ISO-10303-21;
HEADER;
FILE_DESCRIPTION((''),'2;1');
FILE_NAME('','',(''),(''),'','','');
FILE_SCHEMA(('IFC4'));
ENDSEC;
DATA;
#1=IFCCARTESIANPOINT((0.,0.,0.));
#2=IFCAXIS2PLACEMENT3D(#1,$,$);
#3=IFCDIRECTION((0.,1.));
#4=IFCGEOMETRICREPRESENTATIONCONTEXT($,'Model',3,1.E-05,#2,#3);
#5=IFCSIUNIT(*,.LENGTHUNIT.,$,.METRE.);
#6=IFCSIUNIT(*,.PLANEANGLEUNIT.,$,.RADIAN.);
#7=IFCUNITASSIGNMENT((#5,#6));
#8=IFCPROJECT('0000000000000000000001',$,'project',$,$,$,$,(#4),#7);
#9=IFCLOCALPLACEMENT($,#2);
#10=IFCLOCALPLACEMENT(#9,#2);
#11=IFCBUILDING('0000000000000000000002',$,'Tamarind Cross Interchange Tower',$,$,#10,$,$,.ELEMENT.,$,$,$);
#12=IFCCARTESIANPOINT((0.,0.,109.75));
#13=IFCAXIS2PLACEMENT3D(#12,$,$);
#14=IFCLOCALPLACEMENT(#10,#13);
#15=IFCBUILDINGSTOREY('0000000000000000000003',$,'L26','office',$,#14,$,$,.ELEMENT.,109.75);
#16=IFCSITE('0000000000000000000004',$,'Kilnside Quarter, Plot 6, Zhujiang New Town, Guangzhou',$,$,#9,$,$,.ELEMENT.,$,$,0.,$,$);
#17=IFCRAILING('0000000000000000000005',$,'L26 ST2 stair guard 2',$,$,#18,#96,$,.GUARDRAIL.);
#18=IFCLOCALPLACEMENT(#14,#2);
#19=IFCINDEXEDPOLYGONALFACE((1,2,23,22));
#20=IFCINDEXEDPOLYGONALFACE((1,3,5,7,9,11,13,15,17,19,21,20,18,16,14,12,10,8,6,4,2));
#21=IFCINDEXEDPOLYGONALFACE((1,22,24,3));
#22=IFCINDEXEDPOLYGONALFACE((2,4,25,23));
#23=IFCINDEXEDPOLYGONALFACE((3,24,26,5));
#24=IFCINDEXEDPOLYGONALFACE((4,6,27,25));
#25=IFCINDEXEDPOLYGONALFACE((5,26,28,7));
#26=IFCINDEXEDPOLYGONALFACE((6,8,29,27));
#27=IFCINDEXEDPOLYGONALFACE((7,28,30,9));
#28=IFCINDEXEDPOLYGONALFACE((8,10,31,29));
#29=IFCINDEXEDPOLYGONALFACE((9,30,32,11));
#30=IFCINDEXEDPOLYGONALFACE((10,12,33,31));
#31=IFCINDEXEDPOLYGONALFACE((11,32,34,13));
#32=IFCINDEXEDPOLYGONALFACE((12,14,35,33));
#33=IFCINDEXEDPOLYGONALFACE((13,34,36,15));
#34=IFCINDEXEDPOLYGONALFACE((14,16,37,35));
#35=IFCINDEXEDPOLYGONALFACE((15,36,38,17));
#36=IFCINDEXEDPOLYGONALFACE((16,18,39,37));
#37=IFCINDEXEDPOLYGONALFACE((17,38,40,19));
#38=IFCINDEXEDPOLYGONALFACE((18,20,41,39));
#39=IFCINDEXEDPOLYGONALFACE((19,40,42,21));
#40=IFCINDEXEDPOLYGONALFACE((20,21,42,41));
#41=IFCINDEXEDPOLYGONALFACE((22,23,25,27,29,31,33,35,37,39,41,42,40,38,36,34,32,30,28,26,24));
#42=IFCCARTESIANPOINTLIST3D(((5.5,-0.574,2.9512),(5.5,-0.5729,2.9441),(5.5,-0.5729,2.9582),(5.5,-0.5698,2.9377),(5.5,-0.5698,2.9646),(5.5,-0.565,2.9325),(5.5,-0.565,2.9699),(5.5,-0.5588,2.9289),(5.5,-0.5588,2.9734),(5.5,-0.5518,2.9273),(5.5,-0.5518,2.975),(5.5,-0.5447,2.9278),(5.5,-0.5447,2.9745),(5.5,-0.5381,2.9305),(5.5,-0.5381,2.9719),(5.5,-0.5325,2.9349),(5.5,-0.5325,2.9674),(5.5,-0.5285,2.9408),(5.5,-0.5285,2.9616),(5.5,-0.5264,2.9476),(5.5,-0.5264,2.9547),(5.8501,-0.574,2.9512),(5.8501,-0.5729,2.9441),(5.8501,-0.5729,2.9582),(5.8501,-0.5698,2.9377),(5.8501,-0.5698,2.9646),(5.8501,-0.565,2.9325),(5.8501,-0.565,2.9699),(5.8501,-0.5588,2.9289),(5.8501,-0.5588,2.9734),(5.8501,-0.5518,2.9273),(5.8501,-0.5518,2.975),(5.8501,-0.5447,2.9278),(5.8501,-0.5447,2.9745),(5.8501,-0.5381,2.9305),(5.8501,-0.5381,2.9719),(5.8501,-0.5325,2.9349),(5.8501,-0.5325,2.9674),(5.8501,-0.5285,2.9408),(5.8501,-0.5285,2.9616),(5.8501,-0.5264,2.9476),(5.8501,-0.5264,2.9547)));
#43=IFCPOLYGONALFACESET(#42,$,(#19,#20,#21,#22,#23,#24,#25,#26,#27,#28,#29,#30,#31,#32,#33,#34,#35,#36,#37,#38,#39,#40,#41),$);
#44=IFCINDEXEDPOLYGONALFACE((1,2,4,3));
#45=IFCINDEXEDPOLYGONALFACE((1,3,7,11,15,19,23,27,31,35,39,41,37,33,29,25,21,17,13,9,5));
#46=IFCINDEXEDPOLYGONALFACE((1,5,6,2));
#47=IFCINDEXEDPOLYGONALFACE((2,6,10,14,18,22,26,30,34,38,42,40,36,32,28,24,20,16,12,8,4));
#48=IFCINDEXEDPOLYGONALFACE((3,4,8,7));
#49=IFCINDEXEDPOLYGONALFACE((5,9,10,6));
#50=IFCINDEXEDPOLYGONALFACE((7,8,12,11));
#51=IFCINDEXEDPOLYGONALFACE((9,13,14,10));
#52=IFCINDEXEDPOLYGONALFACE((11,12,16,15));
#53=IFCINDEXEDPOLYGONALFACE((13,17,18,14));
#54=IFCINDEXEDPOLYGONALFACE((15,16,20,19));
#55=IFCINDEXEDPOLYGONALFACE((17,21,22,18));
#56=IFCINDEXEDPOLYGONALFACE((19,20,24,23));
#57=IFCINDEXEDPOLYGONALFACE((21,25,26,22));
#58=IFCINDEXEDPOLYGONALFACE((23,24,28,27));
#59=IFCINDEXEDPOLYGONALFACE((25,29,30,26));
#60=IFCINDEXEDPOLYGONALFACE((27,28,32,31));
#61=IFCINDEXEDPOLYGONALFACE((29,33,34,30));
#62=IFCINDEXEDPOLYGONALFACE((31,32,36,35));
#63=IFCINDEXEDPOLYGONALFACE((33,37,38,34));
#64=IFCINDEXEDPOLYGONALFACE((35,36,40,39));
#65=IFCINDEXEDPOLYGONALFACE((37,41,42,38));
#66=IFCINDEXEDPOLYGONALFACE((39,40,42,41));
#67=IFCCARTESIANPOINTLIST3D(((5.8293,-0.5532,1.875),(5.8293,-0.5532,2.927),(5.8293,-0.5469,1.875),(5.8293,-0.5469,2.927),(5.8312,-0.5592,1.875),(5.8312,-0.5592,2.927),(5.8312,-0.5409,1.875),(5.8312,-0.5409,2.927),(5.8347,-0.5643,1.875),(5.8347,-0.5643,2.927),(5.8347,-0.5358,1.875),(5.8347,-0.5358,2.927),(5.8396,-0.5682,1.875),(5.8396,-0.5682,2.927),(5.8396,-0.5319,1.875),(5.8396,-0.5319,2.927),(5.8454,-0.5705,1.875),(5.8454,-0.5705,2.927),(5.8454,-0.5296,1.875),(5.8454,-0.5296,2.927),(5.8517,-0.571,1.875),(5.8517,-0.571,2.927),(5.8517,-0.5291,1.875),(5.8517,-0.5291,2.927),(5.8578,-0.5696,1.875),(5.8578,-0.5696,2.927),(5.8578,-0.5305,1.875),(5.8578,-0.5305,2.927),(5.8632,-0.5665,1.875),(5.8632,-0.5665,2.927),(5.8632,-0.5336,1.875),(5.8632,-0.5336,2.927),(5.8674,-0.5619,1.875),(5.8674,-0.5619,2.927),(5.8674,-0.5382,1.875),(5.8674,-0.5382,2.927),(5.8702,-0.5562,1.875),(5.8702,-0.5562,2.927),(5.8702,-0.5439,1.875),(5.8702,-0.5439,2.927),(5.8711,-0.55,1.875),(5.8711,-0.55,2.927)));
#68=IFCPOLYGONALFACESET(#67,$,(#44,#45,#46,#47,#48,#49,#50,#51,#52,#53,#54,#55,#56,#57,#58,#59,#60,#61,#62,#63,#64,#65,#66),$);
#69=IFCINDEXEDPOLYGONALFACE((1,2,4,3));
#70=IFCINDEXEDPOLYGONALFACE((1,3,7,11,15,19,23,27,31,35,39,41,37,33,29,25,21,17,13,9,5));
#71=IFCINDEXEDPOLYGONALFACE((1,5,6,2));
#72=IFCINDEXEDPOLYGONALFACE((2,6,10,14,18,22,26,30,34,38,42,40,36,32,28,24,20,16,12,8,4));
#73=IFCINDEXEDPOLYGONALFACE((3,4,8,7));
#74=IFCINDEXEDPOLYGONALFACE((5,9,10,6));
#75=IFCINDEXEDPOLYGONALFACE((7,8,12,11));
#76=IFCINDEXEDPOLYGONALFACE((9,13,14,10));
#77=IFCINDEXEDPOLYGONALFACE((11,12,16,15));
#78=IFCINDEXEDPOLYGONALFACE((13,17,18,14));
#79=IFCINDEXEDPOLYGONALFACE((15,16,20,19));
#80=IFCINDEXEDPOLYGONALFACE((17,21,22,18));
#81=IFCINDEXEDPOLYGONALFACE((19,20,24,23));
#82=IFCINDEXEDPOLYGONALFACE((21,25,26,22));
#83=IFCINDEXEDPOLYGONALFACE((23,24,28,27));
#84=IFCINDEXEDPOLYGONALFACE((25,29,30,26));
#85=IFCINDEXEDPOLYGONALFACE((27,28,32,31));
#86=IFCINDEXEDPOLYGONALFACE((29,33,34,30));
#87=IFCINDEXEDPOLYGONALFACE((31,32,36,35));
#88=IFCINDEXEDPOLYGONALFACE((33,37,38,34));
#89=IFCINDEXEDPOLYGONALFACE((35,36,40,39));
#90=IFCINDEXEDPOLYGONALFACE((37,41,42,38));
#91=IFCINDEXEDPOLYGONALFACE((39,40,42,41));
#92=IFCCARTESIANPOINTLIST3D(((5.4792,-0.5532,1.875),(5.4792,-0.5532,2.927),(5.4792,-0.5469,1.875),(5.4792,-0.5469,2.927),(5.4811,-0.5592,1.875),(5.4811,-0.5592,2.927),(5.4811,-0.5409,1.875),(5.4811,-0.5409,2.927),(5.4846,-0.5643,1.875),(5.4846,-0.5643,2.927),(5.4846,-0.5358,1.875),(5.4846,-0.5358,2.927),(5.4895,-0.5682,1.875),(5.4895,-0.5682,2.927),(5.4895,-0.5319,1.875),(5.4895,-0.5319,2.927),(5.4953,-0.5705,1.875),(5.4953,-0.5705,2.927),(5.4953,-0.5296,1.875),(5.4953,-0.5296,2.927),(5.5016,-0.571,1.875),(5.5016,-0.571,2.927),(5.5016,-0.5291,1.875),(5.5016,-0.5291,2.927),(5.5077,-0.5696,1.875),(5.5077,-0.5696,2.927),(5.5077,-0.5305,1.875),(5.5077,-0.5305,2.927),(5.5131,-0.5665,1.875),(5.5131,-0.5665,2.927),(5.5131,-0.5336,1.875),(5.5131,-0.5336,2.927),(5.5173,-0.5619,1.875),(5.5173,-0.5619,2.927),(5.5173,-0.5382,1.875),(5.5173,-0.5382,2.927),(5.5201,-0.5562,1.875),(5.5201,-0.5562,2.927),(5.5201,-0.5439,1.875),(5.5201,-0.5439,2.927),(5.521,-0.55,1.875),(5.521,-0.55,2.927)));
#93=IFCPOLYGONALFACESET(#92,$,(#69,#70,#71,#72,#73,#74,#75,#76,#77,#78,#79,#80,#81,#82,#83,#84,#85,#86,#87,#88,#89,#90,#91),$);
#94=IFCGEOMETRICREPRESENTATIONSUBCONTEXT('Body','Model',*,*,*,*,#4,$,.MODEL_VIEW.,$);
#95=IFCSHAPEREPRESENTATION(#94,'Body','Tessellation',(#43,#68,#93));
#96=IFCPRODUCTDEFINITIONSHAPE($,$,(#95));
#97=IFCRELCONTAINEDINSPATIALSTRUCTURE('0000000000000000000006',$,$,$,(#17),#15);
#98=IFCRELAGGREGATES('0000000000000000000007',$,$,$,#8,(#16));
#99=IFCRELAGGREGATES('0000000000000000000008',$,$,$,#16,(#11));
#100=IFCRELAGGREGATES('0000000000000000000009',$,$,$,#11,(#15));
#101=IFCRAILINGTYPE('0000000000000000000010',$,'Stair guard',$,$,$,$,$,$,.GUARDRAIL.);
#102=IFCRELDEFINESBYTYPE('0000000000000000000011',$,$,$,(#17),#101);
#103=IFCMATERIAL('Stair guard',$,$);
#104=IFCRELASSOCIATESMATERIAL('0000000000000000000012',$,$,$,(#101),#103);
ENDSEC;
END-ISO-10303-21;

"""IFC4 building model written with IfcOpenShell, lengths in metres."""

from ifc_helpers import new_model, si_unit, direction, frame, origin, origin_2d, place, context, subcontext, project, spatial, circle, extrude, material, type_object, element, save


model = new_model("IFC4")

# Units and contexts
model_context = context("Model", 3, precision=1e-05, world=origin(), true_north=direction((0.0, 1.0)))
body_context = subcontext(model_context, "Body", "Model", "MODEL_VIEW")
ifc_project = project(units=[si_unit("LENGTHUNIT", "METRE"), si_unit("PLANEANGLEUNIT", "RADIAN")], contexts=[model_context])

# Site, building, storey
site_placement = place(None, origin())
site = spatial("IfcSite", under=ifc_project, at=site_placement, Name="Kilnside Quarter, Plot 6, Zhujiang New Town, Guangzhou", CompositionType="ELEMENT", RefElevation=0.0)
building_placement = place(site_placement, origin())
building = spatial("IfcBuilding", under=site, at=building_placement, Name="Tamarind Cross Interchange Tower", CompositionType="ELEMENT")
storey_placement = place(building_placement, frame((0.0, 0.0, 109.75)))
storey = spatial("IfcBuildingStorey", under=building, at=storey_placement, Name="L26", Description="office", CompositionType="ELEMENT", Elevation=109.75)

# Railing
ifc_material_1 = material(Name="Stair guard")
railing_type_1 = type_object("IfcRailingType", Name="Stair guard", PredefinedType="GUARDRAIL", material=ifc_material_1)
railing_1_placement = place(storey_placement, frame((5.8501, -0.55, 1.875)))
element("IfcRailing", 1, at=railing_1_placement, inside=storey, type_object=railing_type_1, Name="L26 ST2 stair guard 2", PredefinedType="GUARDRAIL", context=body_context, shape_type="SweptSolid", body=[
    extrude(circle(Radius=0.0239, at=origin_2d()), frame((0.0, 0.0, 1.0762), z_axis=(-1.0, 0.0, 0.0), x_axis=(0.0, -1.0, 0.0)), (0.0, 0.0, 1.0), 0.3501),
    extrude(circle(Radius=0.021, at=origin_2d()), origin(), (0.0, 0.0, 1.0), 1.052),
    extrude(circle(Radius=0.021, at=origin_2d()), frame((-0.3501, 0.0, 0.0)), (0.0, 0.0, 1.0), 1.052),
])

save(model, "model.ifc")
